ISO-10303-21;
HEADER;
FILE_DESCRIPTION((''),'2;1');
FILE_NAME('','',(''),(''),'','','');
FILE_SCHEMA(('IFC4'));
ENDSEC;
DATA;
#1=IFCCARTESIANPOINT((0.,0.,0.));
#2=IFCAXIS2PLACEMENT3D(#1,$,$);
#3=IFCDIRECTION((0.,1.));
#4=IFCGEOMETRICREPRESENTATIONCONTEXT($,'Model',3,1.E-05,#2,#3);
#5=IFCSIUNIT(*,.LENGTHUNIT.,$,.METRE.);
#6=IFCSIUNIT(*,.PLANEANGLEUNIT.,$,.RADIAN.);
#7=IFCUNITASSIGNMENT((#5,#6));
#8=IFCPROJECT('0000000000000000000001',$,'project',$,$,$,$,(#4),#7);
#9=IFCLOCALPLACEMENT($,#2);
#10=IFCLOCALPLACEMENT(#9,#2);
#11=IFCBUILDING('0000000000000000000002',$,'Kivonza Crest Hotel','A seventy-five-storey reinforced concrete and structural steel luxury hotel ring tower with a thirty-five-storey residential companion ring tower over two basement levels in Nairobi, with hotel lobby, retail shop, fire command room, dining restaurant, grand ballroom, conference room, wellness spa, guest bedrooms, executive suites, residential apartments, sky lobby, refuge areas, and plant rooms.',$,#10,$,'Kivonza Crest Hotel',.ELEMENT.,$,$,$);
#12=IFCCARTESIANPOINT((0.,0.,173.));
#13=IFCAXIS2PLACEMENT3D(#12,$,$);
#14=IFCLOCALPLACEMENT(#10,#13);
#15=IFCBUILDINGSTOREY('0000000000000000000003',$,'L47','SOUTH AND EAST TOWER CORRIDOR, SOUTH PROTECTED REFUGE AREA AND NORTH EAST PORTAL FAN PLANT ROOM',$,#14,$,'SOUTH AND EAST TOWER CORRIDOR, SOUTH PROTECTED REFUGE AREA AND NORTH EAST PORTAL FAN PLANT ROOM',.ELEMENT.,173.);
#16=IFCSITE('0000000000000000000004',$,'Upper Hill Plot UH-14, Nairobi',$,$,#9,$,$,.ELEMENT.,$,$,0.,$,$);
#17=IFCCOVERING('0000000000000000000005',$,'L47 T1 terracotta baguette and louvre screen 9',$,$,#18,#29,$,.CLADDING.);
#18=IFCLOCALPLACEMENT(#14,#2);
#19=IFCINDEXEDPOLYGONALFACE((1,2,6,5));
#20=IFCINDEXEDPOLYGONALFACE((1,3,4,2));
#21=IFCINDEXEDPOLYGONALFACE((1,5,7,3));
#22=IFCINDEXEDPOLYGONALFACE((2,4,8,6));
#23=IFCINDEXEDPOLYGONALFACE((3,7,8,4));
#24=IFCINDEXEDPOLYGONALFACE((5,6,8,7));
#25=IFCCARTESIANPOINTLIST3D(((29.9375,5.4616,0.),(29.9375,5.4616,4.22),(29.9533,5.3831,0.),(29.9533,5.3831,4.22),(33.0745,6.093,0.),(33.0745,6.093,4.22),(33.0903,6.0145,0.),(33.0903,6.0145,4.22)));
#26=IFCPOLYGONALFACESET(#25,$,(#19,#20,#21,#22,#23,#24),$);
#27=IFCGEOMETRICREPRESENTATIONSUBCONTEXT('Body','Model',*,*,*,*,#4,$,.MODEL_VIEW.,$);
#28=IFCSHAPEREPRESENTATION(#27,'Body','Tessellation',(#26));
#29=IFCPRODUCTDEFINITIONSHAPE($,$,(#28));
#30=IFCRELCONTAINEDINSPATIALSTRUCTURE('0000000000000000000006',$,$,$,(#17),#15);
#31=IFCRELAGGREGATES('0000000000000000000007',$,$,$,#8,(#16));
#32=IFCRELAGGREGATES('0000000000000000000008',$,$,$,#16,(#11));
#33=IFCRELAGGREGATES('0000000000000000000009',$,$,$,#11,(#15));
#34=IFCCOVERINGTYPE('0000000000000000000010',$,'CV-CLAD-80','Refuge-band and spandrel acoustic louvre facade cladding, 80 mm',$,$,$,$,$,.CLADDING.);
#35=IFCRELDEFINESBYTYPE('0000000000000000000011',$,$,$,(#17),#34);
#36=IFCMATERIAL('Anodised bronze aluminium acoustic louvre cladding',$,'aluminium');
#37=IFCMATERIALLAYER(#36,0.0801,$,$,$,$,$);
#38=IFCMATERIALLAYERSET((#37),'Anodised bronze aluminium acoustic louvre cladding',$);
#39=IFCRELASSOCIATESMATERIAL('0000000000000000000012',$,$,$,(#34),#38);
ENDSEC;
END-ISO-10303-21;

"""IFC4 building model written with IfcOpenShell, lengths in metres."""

from ifc_helpers import new_model, si_unit, direction, frame, origin, origin_2d, place, context, subcontext, project, spatial, rectangle, extrude, material, layer, layer_set, type_object, element, save


model = new_model("IFC4")

# Units and contexts
model_context = context("Model", 3, precision=1e-05, world=origin(), true_north=direction((0.0, 1.0)))
body_context = subcontext(model_context, "Body", "Model", "MODEL_VIEW")
ifc_project = project(units=[si_unit("LENGTHUNIT", "METRE"), si_unit("PLANEANGLEUNIT", "RADIAN")], contexts=[model_context])

# Site, building, storey
site_placement = place(None, origin())
site = spatial("IfcSite", under=ifc_project, at=site_placement, Name="Upper Hill Plot UH-14, Nairobi", CompositionType="ELEMENT", RefElevation=0.0)
building_placement = place(site_placement, origin())
building = spatial("IfcBuilding", under=site, at=building_placement, Name="Kivonza Crest Hotel", Description="A seventy-five-storey reinforced concrete and structural steel luxury hotel ring tower with a thirty-five-storey residential companion ring tower over two basement levels in Nairobi, with hotel lobby, retail shop, fire command room, dining restaurant, grand ballroom, conference room, wellness spa, guest bedrooms, executive suites, residential apartments, sky lobby, refuge areas, and plant rooms.", LongName="Kivonza Crest Hotel", CompositionType="ELEMENT")
storey_placement = place(building_placement, frame((0.0, 0.0, 173.0)))
storey = spatial("IfcBuildingStorey", under=building, at=storey_placement, Name="L47", Description="SOUTH AND EAST TOWER CORRIDOR, SOUTH PROTECTED REFUGE AREA AND NORTH EAST PORTAL FAN PLANT ROOM", LongName="SOUTH AND EAST TOWER CORRIDOR, SOUTH PROTECTED REFUGE AREA AND NORTH EAST PORTAL FAN PLANT ROOM", CompositionType="ELEMENT", Elevation=173.0)

# Covering
ifc_material_1 = material(Name="Anodised bronze aluminium acoustic louvre cladding", Category="aluminium")
ifc_layer_1 = layer(ifc_material_1, 0.0801)
ifc_layer_set_1 = layer_set([ifc_layer_1], Name="Anodised bronze aluminium acoustic louvre cladding")
covering_type = type_object("IfcCoveringType", Name="CV-CLAD-80", Description="Refuge-band and spandrel acoustic louvre facade cladding, 80 mm", PredefinedType="CLADDING", material=ifc_layer_set_1)
covering_placement = place(storey_placement, frame((31.5139, 5.738, 0.0), z_axis=(0.0, 0.0, 1.0), x_axis=(0.98034, 0.197315, 0.0)))
element("IfcCovering", 1, at=covering_placement, inside=storey, type_object=covering_type, Name="L47 T1 terracotta baguette and louvre screen 9", PredefinedType="CLADDING", context=body_context, shape_type="SweptSolid", body=[
    extrude(rectangle(XDim=3.2, YDim=0.0801, at=origin_2d()), origin(), (0.0, 0.0, 1.0), 4.22),
])

save(model, "model.ifc")
